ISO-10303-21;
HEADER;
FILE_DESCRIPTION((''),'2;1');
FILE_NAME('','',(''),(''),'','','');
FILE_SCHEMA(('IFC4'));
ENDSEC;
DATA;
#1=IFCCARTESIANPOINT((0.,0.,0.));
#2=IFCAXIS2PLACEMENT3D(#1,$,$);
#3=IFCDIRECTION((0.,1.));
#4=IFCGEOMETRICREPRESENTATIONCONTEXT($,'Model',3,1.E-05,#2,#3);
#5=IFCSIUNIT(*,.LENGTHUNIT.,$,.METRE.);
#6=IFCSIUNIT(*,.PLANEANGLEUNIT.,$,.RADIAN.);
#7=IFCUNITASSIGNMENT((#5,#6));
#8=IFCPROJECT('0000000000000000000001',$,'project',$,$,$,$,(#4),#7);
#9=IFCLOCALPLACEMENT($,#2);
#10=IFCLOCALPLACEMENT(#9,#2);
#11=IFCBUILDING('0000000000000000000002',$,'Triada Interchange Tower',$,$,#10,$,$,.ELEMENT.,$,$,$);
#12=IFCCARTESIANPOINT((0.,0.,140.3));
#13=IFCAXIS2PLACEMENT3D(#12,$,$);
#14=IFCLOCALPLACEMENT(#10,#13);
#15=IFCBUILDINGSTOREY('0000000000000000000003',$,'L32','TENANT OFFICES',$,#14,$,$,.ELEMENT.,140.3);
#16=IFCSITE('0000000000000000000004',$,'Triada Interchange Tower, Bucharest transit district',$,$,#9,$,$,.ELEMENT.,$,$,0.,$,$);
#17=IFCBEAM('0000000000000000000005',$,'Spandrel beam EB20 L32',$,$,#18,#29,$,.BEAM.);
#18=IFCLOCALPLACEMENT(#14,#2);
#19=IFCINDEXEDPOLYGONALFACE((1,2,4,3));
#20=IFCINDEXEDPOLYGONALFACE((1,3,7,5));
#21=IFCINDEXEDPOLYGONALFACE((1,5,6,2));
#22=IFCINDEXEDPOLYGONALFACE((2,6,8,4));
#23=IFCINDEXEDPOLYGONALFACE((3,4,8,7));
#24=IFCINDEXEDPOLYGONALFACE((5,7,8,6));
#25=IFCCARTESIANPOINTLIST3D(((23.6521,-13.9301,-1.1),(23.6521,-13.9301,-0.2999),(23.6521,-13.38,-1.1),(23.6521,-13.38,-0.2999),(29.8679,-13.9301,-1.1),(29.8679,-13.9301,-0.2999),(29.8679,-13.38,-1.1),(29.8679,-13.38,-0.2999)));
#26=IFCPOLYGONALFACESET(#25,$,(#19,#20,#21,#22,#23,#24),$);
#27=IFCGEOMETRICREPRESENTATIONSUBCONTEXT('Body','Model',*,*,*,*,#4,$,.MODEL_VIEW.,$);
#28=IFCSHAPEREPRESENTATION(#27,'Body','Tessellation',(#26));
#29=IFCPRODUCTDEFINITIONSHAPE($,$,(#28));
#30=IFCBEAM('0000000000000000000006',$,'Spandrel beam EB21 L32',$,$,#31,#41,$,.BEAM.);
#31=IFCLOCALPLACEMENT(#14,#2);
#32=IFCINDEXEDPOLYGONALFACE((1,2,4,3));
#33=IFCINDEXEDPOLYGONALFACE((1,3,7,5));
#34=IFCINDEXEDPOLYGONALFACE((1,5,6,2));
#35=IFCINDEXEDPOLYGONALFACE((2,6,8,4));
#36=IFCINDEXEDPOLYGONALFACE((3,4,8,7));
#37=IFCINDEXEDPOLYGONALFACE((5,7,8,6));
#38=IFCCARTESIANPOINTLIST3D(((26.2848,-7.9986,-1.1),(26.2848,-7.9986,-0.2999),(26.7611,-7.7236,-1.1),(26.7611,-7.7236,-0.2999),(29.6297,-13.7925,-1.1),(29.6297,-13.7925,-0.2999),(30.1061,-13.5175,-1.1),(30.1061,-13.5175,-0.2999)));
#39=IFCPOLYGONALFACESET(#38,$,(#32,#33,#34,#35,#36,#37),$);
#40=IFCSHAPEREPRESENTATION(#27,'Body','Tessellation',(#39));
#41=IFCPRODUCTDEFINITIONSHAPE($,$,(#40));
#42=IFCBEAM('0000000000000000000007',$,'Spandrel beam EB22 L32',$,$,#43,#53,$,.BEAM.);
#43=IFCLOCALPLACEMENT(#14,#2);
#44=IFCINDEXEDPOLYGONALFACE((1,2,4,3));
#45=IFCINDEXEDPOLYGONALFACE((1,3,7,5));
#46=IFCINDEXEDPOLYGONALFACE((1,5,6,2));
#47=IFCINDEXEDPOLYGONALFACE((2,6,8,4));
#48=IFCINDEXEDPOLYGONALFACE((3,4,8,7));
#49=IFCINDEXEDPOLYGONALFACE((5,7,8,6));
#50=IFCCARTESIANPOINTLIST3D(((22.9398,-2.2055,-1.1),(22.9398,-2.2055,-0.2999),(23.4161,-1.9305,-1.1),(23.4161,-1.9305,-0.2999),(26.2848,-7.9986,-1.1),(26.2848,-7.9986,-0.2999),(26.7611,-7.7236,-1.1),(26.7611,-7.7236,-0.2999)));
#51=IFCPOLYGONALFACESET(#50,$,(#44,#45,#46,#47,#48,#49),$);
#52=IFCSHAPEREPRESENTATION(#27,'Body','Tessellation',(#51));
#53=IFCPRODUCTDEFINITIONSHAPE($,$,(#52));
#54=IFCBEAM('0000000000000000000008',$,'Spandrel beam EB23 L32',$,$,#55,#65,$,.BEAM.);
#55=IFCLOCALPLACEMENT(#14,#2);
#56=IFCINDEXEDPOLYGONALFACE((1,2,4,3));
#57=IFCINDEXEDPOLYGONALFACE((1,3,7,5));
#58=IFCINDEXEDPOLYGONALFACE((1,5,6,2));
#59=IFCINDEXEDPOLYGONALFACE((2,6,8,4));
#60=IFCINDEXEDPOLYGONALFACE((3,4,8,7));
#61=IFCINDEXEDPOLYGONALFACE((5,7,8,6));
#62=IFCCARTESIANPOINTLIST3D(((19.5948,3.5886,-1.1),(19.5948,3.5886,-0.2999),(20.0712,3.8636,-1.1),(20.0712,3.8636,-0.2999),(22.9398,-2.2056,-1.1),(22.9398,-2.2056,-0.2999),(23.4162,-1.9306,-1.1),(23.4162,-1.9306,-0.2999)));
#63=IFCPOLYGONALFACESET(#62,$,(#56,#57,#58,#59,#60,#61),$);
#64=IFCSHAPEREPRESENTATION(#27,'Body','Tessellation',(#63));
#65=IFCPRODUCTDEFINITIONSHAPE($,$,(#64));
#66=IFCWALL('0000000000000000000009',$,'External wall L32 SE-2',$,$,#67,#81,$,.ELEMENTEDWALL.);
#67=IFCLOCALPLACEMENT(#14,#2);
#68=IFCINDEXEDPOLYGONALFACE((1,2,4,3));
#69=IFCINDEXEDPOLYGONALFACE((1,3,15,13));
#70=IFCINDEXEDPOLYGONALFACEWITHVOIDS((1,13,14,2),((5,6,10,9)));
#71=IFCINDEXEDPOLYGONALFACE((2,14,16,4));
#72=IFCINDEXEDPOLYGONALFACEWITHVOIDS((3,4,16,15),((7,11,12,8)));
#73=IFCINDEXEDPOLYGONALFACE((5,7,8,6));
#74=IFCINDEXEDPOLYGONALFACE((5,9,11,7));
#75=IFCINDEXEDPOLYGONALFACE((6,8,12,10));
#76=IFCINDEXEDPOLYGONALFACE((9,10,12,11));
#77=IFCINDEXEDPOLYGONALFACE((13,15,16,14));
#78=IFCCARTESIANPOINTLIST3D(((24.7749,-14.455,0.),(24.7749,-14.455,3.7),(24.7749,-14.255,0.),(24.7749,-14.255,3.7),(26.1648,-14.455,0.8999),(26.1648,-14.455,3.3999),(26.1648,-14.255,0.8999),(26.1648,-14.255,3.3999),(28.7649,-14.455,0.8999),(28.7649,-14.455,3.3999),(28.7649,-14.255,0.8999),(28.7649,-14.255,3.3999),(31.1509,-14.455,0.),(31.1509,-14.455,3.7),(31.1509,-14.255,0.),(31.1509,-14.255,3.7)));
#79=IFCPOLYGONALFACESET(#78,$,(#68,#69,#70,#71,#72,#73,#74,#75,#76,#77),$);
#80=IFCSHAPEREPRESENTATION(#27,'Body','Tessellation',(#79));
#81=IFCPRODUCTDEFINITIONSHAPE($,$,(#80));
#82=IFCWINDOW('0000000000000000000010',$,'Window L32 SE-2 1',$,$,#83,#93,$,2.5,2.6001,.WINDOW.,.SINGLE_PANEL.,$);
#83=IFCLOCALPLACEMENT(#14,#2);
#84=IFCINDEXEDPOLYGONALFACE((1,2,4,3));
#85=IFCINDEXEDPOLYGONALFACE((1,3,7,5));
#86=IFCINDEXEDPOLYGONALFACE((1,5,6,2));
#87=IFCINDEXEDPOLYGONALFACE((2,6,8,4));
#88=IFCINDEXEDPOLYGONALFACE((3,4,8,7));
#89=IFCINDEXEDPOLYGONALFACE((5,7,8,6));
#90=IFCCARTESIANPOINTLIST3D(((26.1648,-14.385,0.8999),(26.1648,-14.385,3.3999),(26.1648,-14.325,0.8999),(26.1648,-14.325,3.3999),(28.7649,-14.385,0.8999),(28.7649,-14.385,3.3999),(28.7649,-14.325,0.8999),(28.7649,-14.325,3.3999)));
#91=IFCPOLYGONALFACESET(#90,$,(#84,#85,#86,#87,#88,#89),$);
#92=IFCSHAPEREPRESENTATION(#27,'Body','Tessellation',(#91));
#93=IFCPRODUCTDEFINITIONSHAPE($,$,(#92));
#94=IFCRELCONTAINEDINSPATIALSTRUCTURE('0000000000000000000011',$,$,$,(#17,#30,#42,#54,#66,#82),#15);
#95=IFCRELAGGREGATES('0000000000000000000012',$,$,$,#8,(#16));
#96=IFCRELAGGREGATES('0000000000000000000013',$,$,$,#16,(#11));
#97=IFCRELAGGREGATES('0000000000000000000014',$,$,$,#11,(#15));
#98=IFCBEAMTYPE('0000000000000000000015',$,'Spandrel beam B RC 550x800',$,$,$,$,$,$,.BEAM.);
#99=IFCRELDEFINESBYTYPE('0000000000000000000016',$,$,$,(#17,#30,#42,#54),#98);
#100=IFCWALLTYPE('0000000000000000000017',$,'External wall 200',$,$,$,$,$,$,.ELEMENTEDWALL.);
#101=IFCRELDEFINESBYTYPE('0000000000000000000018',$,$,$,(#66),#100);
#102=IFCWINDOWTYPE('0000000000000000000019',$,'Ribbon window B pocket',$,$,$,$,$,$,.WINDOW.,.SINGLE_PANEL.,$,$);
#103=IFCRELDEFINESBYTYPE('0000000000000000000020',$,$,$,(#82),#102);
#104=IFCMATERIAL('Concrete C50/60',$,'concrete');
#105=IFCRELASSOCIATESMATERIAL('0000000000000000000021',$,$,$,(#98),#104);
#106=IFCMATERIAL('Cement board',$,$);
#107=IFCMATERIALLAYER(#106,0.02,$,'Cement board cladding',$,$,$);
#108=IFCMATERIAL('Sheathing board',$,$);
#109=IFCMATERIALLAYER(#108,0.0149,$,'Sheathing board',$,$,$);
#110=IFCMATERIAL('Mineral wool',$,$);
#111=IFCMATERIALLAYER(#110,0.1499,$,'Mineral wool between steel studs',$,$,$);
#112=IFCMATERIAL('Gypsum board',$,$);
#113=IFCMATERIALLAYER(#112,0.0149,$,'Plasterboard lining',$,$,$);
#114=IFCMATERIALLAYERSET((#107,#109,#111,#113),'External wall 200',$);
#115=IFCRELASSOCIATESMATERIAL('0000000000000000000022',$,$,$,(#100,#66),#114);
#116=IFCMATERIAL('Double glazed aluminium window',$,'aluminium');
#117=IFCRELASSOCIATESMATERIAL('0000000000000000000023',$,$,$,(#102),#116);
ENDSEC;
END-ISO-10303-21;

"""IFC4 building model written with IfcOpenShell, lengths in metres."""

from ifc_helpers import new_model, si_unit, direction, frame, frame_2d, origin, origin_2d, place, context, subcontext, project, spatial, rectangle, extrude, material, layer, layer_set, layer_usage, material_profile, profile_set, type_object, element, fill, save


model = new_model("IFC4")

# Units and contexts
model_context = context("Model", 3, precision=1e-05, world=origin(), true_north=direction((0.0, 1.0)))
body_context = subcontext(model_context, "Body", "Model", "MODEL_VIEW")
ifc_project = project(units=[si_unit("LENGTHUNIT", "METRE"), si_unit("PLANEANGLEUNIT", "RADIAN")], contexts=[model_context])

# Site, building, storey
site_placement = place(None, origin())
site = spatial("IfcSite", under=ifc_project, at=site_placement, Name="Triada Interchange Tower, Bucharest transit district", CompositionType="ELEMENT", RefElevation=0.0)
building_placement = place(site_placement, origin())
building = spatial("IfcBuilding", under=site, at=building_placement, Name="Triada Interchange Tower", CompositionType="ELEMENT")
storey_placement = place(building_placement, frame((0.0, 0.0, 140.3)))
storey = spatial("IfcBuildingStorey", under=building, at=storey_placement, Name="L32", Description="TENANT OFFICES", CompositionType="ELEMENT", Elevation=140.3)

# Beams
ifc_material_1 = material(Name="Concrete C50/60", Category="concrete")
ifc_material_profile_1 = material_profile(ifc_material_1, rectangle(XDim=0.55, YDim=0.8, at=origin_2d()), Name="RC 550x800")
ifc_profile_set_1 = profile_set([ifc_material_profile_1], Name="Concrete C50/60")
beam_type_1 = type_object("IfcBeamType", Name="Spandrel beam B RC 550x800", PredefinedType="BEAM", material=ifc_profile_set_1)
beam_1_placement = place(storey_placement, frame((23.6521, -13.655, -0.7), z_axis=(1.0, 0.0, 0.0), x_axis=(0.0, 1.0, 0.0)))
element("IfcBeam", 1, at=beam_1_placement, inside=storey, type_object=beam_type_1, Name="Spandrel beam EB20 L32", PredefinedType="BEAM", context=body_context, shape_type="SweptSolid", body=[
    extrude(rectangle(XDim=0.55, YDim=0.8, at=origin_2d()), origin(), (0.0, 0.0, 1.0), 6.2158),
])
beam_2_placement = place(storey_placement, frame((29.8679, -13.655, -0.7), z_axis=(-0.499981, 0.866036, 0.0), x_axis=(-0.866036, -0.499981, 0.0)))
element("IfcBeam", 2, at=beam_2_placement, inside=storey, type_object=beam_type_1, Name="Spandrel beam EB21 L32", PredefinedType="BEAM", context=body_context, shape_type="SweptSolid", body=[
    extrude(rectangle(XDim=0.55, YDim=0.8, at=origin_2d()), origin(), (0.0, 0.0, 1.0), 6.6902),
])
beam_3_placement = place(storey_placement, frame((26.5229, -7.8611, -0.7), z_axis=(-0.500045, 0.866, 0.0), x_axis=(-0.866, -0.500045, 0.0)))
element("IfcBeam", 3, at=beam_3_placement, inside=storey, type_object=beam_type_1, Name="Spandrel beam EB22 L32", PredefinedType="BEAM", context=body_context, shape_type="SweptSolid", body=[
    extrude(rectangle(XDim=0.55, YDim=0.8, at=origin_2d()), origin(), (0.0, 0.0, 1.0), 6.6895),
])
beam_4_placement = place(storey_placement, frame((23.178, -2.0681, -0.7), z_axis=(-0.499966, 0.866045, 0.0), x_axis=(-0.866045, -0.499966, 0.0)))
element("IfcBeam", 4, at=beam_4_placement, inside=storey, type_object=beam_type_1, Name="Spandrel beam EB23 L32", PredefinedType="BEAM", context=body_context, shape_type="SweptSolid", body=[
    extrude(rectangle(XDim=0.55, YDim=0.8, at=origin_2d()), origin(), (0.0, 0.0, 1.0), 6.6904),
])

# Wall, opening, window
ifc_material_2 = material(Name="Cement board")
ifc_layer_1 = layer(ifc_material_2, 0.02, Name="Cement board cladding")
ifc_material_3 = material(Name="Sheathing board")
ifc_layer_2 = layer(ifc_material_3, 0.0149, Name="Sheathing board")
ifc_material_4 = material(Name="Mineral wool")
ifc_layer_3 = layer(ifc_material_4, 0.1499, Name="Mineral wool between steel studs")
ifc_material_5 = material(Name="Gypsum board")
ifc_layer_4 = layer(ifc_material_5, 0.0149, Name="Plasterboard lining")
ifc_layer_set_1 = layer_set([ifc_layer_1, ifc_layer_2, ifc_layer_3, ifc_layer_4], Name="External wall 200")
ifc_layer_usage = layer_usage(ifc_layer_set_1, "AXIS2", "POSITIVE", -0.1001)
wall_type_1 = type_object("IfcWallType", Name="External wall 200", PredefinedType="ELEMENTEDWALL", material=ifc_layer_set_1)
wall_1_placement = place(storey_placement, frame((24.7749, -14.355, 0.0), z_axis=(0.0, 0.0, 1.0), x_axis=(1.0, 0.0, 0.0)))
wall_1 = element("IfcWall", 5, at=wall_1_placement, inside=storey, type_object=wall_type_1, material=ifc_layer_usage, Name="External wall L32 SE-2", PredefinedType="ELEMENTEDWALL", context=body_context, shape_type="SweptSolid", body=[
    extrude(rectangle(XDim=6.376, YDim=0.2, at=frame_2d((3.188, 0.0))), origin(), (0.0, 0.0, 1.0), 3.7),
])
opening_1_placement = place(wall_1_placement, frame((1.3899, 0.0, 0.8999)))
opening_1 = element("IfcOpeningElement", 6, at=opening_1_placement, cuts=wall_1, PredefinedType="OPENING", context=body_context, shape_type="SweptSolid", body=[
    extrude(rectangle(XDim=2.6001, YDim=2.5, at=frame_2d((1.3, 1.25))), frame((0.0, 0.1099, 0.0), z_axis=(0.0, -1.0, 0.0), x_axis=(1.0, 0.0, 0.0)), (0.0, 0.0, 1.0), 0.22),
])
ifc_material_6 = material(Name="Double glazed aluminium window", Category="aluminium")
window_type_1 = type_object("IfcWindowType", Name="Ribbon window B pocket", PartitioningType="SINGLE_PANEL", PredefinedType="WINDOW", material=ifc_material_6)
window_1_placement = place(opening_1_placement, origin())
window_1 = element("IfcWindow", 7, at=window_1_placement, inside=storey, type_object=window_type_1, Name="Window L32 SE-2 1", OverallHeight=2.5, OverallWidth=2.6001, PartitioningType="SINGLE_PANEL", PredefinedType="WINDOW", context=body_context, shape_type="SweptSolid", body=[
    extrude(rectangle(XDim=2.6001, YDim=2.5, at=frame_2d((1.3, 1.25))), frame((0.0, 0.03, 0.0), z_axis=(0.0, -1.0, 0.0), x_axis=(1.0, 0.0, 0.0)), (0.0, 0.0, 1.0), 0.0601),
])
fill(opening_1, window_1)

save(model, "model.ifc")
